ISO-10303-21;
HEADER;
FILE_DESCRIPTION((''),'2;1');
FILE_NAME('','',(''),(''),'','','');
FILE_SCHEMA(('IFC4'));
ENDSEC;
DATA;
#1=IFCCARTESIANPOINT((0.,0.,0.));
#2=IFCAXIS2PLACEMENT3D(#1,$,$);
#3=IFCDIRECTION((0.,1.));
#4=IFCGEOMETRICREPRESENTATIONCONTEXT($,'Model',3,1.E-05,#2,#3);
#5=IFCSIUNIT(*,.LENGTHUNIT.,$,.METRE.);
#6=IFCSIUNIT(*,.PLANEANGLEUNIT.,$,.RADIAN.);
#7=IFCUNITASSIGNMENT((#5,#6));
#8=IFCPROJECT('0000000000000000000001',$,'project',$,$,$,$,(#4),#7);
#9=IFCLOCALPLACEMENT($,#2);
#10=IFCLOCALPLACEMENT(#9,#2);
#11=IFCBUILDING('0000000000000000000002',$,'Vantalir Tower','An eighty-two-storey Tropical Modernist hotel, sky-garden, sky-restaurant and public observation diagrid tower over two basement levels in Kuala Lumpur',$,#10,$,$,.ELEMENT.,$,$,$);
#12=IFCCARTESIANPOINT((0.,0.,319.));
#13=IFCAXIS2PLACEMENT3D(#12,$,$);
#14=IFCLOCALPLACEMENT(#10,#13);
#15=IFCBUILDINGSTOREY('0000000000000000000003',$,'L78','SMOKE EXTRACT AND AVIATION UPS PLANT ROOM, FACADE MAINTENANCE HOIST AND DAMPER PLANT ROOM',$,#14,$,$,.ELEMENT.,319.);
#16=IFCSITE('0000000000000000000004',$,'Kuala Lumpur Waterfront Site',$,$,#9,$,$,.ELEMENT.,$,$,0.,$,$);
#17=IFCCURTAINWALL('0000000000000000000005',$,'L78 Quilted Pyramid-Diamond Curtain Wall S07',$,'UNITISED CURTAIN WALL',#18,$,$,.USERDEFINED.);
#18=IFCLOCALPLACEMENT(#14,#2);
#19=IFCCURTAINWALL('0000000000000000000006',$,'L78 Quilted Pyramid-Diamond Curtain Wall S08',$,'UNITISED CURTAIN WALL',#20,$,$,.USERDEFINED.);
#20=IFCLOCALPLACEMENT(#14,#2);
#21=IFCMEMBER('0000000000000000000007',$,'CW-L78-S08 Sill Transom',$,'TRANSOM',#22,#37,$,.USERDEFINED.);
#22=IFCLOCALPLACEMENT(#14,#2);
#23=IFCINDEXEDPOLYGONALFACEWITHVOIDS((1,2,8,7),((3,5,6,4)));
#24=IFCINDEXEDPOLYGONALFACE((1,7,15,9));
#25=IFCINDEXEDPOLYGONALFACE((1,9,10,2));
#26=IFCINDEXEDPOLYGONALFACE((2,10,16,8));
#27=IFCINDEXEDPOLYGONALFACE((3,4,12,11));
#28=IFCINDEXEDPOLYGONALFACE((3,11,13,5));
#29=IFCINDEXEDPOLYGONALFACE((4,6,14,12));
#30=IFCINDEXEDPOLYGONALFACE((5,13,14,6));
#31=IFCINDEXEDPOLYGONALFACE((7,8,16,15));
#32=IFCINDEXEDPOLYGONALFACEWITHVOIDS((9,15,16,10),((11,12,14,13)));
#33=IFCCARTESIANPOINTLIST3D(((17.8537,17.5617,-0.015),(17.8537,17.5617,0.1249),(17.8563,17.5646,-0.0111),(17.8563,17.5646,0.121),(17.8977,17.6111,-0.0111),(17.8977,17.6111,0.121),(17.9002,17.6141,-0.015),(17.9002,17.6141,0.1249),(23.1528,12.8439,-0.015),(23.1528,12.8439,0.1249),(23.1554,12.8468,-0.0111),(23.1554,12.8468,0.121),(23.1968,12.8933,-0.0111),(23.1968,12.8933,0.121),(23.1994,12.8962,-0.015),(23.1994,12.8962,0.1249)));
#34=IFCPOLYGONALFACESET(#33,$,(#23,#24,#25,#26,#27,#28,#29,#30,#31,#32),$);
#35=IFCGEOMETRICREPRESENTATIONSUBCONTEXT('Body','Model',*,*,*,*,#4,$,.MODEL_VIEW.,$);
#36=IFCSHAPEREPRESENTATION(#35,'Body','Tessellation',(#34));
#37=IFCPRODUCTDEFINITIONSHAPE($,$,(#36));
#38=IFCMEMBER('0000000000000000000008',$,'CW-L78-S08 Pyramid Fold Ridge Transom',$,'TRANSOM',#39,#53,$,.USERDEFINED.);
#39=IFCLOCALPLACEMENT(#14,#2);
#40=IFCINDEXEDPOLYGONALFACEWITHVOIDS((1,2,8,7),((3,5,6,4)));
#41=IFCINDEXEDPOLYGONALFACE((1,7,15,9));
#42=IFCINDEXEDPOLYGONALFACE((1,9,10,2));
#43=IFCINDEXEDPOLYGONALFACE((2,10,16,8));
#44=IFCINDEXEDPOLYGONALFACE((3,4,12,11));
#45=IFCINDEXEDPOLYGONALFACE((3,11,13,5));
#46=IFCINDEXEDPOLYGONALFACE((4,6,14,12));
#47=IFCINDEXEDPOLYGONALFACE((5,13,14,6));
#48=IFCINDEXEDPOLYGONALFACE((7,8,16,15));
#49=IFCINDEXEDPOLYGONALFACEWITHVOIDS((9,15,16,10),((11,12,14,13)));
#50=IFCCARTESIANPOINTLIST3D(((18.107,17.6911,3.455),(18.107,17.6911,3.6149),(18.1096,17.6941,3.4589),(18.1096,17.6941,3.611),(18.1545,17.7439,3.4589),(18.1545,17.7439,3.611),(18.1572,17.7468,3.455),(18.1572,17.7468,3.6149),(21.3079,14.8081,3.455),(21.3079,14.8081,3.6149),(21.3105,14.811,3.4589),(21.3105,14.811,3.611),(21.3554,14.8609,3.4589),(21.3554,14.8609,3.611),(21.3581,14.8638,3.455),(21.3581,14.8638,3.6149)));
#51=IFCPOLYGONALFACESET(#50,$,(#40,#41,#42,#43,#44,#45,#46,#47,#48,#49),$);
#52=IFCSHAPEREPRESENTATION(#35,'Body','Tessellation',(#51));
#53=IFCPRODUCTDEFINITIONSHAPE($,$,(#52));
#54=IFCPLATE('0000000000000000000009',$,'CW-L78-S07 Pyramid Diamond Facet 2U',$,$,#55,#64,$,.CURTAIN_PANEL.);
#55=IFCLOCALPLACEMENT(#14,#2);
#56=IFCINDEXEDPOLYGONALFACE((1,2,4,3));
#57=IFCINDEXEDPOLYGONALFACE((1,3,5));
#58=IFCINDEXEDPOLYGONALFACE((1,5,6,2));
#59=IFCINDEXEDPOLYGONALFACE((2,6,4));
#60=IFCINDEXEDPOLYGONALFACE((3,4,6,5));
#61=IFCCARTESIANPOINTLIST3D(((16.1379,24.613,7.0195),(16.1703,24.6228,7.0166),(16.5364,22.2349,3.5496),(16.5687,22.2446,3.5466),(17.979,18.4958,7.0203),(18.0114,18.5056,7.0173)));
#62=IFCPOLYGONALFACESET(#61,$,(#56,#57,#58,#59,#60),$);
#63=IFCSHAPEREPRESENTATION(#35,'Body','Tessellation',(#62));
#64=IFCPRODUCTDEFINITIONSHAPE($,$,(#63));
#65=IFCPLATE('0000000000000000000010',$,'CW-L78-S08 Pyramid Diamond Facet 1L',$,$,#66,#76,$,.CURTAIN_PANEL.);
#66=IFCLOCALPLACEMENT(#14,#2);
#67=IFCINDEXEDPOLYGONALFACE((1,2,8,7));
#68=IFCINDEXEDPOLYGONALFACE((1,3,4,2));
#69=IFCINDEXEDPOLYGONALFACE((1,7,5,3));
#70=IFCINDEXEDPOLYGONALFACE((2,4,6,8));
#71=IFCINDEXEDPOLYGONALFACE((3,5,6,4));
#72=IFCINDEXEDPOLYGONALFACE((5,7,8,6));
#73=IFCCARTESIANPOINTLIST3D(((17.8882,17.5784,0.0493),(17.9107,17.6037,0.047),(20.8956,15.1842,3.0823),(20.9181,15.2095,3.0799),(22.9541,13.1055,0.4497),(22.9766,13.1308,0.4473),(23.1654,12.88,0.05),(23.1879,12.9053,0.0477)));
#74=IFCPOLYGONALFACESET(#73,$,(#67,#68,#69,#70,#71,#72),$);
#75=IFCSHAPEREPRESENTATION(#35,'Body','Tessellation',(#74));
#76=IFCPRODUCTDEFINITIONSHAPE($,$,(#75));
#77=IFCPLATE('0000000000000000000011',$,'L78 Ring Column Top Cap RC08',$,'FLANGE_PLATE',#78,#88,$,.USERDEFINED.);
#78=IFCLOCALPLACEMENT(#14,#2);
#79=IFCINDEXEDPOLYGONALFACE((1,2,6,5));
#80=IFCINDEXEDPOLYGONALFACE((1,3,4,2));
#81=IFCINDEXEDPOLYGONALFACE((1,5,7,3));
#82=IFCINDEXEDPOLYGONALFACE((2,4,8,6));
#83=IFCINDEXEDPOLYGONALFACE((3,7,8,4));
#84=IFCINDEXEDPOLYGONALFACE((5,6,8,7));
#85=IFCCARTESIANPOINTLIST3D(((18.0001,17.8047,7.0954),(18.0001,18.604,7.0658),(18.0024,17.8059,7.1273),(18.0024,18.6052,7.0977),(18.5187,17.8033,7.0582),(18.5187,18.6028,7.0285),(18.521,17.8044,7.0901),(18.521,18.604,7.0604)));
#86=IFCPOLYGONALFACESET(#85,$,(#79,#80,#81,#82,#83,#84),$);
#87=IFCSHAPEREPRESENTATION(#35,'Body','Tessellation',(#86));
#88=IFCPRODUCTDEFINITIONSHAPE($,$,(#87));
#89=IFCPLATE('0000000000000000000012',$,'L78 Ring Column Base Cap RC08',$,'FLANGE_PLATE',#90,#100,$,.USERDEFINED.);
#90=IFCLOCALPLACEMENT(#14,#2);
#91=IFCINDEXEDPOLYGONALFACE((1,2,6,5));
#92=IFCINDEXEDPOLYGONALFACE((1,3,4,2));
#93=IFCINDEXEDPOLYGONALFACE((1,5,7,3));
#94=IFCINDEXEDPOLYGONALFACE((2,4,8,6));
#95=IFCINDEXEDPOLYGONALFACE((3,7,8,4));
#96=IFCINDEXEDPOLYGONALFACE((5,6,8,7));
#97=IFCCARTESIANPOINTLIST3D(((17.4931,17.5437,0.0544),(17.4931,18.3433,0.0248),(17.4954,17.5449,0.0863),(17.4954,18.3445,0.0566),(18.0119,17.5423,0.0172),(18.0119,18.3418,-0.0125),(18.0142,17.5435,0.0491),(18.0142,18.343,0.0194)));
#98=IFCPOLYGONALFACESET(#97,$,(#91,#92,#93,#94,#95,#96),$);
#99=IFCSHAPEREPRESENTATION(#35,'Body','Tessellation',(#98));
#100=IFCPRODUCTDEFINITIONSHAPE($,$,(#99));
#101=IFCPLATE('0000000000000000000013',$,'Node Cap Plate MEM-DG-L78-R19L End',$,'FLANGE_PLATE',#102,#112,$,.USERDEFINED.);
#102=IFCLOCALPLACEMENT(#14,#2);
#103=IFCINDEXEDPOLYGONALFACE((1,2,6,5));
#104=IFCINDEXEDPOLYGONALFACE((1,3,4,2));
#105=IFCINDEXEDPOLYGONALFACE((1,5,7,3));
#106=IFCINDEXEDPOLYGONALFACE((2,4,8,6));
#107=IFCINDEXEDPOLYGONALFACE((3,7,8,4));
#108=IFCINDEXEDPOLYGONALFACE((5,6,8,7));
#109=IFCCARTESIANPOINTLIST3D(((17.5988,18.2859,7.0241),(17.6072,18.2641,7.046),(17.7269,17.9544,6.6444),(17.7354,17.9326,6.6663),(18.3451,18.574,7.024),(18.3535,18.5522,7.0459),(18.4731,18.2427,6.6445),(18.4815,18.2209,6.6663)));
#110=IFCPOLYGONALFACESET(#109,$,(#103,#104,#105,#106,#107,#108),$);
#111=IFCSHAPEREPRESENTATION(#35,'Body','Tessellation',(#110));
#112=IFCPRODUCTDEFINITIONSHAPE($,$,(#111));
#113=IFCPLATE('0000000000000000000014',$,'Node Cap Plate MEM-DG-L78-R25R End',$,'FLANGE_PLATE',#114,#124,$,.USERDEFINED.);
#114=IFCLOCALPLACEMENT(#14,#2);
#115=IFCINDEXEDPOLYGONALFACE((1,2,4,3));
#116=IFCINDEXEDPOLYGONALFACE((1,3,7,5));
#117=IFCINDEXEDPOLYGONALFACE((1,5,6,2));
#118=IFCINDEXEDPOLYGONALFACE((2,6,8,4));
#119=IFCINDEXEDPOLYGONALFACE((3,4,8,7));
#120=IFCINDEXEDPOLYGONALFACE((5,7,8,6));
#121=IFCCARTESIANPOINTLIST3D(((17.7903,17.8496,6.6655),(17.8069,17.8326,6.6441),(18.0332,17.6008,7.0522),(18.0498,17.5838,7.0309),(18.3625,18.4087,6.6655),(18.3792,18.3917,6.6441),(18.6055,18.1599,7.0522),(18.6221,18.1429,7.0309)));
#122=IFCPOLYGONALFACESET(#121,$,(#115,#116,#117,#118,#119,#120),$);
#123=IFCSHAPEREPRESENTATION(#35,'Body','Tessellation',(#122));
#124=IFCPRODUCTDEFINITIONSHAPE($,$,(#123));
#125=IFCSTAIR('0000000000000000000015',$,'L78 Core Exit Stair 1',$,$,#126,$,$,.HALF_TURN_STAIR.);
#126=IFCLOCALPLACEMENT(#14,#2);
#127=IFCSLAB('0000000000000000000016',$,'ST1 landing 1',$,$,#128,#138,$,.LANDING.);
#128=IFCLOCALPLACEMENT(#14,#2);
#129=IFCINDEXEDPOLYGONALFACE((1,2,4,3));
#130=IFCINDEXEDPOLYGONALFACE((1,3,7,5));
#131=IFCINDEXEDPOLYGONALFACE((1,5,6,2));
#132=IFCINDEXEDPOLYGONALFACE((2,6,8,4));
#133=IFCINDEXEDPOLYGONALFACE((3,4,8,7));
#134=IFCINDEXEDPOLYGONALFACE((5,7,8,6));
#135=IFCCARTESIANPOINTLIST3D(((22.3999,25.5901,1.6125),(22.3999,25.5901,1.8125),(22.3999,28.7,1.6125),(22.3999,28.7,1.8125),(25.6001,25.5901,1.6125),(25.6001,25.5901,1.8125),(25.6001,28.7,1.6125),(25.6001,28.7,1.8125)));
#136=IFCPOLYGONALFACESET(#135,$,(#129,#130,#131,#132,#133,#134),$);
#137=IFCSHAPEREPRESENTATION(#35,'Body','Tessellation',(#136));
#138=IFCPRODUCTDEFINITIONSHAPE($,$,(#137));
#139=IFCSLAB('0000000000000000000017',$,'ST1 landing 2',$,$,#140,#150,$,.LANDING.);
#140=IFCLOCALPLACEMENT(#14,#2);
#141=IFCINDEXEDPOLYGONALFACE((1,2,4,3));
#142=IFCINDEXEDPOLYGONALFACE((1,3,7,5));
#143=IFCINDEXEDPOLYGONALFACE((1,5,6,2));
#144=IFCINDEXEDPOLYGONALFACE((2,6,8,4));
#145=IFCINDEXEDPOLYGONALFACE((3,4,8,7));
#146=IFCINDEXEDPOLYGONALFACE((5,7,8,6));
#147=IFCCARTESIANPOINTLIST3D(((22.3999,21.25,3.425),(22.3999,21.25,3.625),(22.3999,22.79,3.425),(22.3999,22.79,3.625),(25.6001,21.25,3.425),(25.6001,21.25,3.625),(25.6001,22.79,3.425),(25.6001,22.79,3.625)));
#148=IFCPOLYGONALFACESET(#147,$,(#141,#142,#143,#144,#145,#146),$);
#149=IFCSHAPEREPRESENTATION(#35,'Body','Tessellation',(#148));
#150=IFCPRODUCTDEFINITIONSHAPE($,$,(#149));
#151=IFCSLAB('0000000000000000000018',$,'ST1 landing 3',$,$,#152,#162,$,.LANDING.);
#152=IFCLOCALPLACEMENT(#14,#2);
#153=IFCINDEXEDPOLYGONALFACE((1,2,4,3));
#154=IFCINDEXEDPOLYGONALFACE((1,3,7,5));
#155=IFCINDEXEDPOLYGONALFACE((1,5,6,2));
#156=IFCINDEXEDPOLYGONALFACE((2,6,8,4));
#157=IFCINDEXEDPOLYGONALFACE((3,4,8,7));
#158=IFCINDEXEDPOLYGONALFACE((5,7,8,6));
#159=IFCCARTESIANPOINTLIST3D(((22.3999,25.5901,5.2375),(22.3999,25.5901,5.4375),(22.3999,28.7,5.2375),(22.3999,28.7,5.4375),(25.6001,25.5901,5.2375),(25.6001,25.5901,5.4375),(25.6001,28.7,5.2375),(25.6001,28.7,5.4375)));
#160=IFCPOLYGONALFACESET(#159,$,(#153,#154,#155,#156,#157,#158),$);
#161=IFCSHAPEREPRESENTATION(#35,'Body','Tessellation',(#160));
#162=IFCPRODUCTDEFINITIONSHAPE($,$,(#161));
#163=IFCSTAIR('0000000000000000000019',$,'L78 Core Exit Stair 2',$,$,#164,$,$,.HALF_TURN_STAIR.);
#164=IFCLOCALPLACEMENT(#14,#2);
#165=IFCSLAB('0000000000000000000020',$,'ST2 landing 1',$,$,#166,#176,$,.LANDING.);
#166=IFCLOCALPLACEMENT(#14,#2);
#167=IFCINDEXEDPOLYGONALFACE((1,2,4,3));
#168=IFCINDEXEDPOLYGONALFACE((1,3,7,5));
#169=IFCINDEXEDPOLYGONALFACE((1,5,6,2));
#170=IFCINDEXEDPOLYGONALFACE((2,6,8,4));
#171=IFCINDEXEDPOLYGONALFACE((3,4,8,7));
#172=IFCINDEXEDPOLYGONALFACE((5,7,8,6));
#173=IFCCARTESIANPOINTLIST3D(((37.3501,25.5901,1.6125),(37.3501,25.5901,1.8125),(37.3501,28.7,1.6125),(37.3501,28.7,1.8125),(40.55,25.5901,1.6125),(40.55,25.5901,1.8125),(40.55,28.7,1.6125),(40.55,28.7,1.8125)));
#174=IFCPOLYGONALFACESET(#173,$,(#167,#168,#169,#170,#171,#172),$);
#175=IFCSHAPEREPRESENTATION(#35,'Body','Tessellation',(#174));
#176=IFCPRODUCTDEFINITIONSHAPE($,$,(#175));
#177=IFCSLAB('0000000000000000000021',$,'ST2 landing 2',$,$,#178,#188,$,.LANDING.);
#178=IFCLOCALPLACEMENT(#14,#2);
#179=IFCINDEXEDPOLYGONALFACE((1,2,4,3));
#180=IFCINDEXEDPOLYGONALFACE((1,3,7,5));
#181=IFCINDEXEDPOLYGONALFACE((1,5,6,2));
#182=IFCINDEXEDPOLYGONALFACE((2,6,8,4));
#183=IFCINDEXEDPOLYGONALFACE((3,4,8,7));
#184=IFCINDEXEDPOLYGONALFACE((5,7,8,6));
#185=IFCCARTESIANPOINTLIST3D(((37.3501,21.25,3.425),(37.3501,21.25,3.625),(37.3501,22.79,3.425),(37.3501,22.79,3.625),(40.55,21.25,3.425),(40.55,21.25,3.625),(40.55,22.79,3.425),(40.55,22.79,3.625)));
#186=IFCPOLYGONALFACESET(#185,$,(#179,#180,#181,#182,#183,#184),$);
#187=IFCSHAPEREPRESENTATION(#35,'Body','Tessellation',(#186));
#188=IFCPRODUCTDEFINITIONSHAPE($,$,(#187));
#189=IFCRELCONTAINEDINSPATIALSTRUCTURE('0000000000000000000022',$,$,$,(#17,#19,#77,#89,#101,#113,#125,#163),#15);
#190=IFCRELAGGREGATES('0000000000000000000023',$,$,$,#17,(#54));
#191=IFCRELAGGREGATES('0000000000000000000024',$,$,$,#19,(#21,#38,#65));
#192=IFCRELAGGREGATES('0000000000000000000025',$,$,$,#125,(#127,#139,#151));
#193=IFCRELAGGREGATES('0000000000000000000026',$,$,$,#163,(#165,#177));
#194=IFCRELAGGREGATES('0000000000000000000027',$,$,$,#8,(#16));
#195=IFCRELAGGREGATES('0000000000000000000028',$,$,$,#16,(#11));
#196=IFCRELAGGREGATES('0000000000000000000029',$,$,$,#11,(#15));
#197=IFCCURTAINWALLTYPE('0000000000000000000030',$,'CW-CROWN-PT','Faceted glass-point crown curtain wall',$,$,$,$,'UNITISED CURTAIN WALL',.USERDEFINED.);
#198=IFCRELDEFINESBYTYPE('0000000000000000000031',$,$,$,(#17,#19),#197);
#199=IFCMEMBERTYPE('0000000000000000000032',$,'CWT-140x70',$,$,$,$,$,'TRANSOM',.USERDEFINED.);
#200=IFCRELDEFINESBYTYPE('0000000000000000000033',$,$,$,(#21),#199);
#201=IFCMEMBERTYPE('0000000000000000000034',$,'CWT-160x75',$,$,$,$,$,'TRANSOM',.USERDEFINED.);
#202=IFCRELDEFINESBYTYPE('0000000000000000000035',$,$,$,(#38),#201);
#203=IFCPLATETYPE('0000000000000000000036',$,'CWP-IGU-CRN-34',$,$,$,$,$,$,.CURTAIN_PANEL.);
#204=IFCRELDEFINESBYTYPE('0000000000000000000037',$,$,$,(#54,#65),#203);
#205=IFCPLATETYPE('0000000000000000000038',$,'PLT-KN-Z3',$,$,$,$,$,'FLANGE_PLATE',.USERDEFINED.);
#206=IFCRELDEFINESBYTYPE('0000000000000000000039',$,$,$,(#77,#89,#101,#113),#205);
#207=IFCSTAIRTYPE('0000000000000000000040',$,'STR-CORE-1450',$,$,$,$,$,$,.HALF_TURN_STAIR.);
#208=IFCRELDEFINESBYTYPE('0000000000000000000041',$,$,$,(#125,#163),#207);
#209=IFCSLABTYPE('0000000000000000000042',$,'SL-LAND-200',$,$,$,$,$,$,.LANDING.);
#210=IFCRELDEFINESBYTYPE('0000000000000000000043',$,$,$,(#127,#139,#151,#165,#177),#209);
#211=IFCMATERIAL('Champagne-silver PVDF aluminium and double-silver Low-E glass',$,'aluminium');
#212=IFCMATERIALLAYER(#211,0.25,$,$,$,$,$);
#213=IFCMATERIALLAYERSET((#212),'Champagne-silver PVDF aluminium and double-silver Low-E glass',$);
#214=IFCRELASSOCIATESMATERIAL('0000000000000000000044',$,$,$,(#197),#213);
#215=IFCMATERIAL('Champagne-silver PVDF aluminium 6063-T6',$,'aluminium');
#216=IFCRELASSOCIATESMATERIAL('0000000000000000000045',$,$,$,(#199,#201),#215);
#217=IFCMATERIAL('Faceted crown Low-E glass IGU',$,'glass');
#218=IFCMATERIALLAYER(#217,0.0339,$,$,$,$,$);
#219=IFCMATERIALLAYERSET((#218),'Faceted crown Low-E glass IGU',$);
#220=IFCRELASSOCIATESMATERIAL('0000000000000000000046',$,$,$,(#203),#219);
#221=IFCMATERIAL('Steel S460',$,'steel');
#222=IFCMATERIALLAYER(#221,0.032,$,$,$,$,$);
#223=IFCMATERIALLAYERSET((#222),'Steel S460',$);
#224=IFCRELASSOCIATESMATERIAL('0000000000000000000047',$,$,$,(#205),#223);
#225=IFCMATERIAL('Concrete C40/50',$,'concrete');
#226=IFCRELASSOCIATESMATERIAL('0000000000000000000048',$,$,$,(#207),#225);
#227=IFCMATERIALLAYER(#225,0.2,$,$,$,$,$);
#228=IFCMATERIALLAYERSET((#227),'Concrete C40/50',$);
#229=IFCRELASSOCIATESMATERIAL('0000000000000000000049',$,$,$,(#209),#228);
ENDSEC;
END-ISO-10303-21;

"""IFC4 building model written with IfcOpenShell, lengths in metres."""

from ifc_helpers import new_model, si_unit, direction, frame, origin, origin_2d, place, context, subcontext, project, spatial, polyline, hollow_rectangle, outline, extrude, material, layer, layer_set, material_profile, profile_set, type_object, element, aggregate, save


model = new_model("IFC4")

# Units and contexts
model_context = context("Model", 3, precision=1e-05, world=origin(), true_north=direction((0.0, 1.0)))
body_context = subcontext(model_context, "Body", "Model", "MODEL_VIEW")
ifc_project = project(units=[si_unit("LENGTHUNIT", "METRE"), si_unit("PLANEANGLEUNIT", "RADIAN")], contexts=[model_context])

# Site, building, storey
site_placement = place(None, origin())
site = spatial("IfcSite", under=ifc_project, at=site_placement, Name="Kuala Lumpur Waterfront Site", CompositionType="ELEMENT", RefElevation=0.0)
building_placement = place(site_placement, origin())
building = spatial("IfcBuilding", under=site, at=building_placement, Name="Vantalir Tower", Description="An eighty-two-storey Tropical Modernist hotel, sky-garden, sky-restaurant and public observation diagrid tower over two basement levels in Kuala Lumpur", CompositionType="ELEMENT")
storey_placement = place(building_placement, frame((0.0, 0.0, 319.0)))
storey = spatial("IfcBuildingStorey", under=building, at=storey_placement, Name="L78", Description="SMOKE EXTRACT AND AVIATION UPS PLANT ROOM, FACADE MAINTENANCE HOIST AND DAMPER PLANT ROOM", CompositionType="ELEMENT", Elevation=319.0)

# Shared definitions
ifc_material_1 = material(Name="Steel S460", Category="steel")

# Curtain wall
ifc_material_2 = material(Name="Champagne-silver PVDF aluminium and double-silver Low-E glass", Category="aluminium")
ifc_layer_1 = layer(ifc_material_2, 0.25)
ifc_layer_set_1 = layer_set([ifc_layer_1], Name="Champagne-silver PVDF aluminium and double-silver Low-E glass")
curtain_wall_type = type_object("IfcCurtainWallType", Name="CW-CROWN-PT", Description="Faceted glass-point crown curtain wall", ElementType="UNITISED CURTAIN WALL", PredefinedType="USERDEFINED", material=ifc_layer_set_1)
curtain_wall_1_placement = place(storey_placement, origin())
curtain_wall_1 = element("IfcCurtainWall", 1, at=curtain_wall_1_placement, inside=storey, type_object=curtain_wall_type, Name="L78 Quilted Pyramid-Diamond Curtain Wall S07", ObjectType="UNITISED CURTAIN WALL", PredefinedType="USERDEFINED")
ifc_material_3 = material(Name="Champagne-silver PVDF aluminium 6063-T6", Category="aluminium")

# Curtain wall, members
curtain_wall_2_placement = place(storey_placement, origin())
curtain_wall_2 = element("IfcCurtainWall", 2, at=curtain_wall_2_placement, inside=storey, type_object=curtain_wall_type, Name="L78 Quilted Pyramid-Diamond Curtain Wall S08", ObjectType="UNITISED CURTAIN WALL", PredefinedType="USERDEFINED")
ifc_material_profile_1 = material_profile(ifc_material_3, hollow_rectangle(XDim=0.0701, YDim=0.1399, WallThickness=0.0039, at=origin_2d()), Name="Champagne-silver PVDF aluminium 6063-T6")
ifc_profile_set_1 = profile_set([ifc_material_profile_1], Name="Champagne-silver PVDF aluminium 6063-T6")
member_type_1 = type_object("IfcMemberType", Name="CWT-140x70", ElementType="TRANSOM", PredefinedType="USERDEFINED", material=ifc_profile_set_1)
member_1_placement = place(storey_placement, frame((17.877, 17.5879, 0.0549), z_axis=(0.746885, -0.664953, 0.0), x_axis=(0.664953, 0.746885, 0.0)))
member_1 = element("IfcMember", 3, at=member_1_placement, type_object=member_type_1, Name="CW-L78-S08 Sill Transom", ObjectType="TRANSOM", PredefinedType="USERDEFINED", context=body_context, shape_type="SweptSolid", body=[
    extrude(hollow_rectangle(XDim=0.0701, YDim=0.1399, WallThickness=0.0039, at=origin_2d()), origin(), (0.0, 0.0, 1.0), 7.095),
])
ifc_material_profile_2 = material_profile(ifc_material_3, hollow_rectangle(XDim=0.075, YDim=0.1599, WallThickness=0.0039, at=origin_2d()), Name="Champagne-silver PVDF aluminium 6063-T6")
ifc_profile_set_2 = profile_set([ifc_material_profile_2], Name="Champagne-silver PVDF aluminium 6063-T6")
member_type_2 = type_object("IfcMemberType", Name="CWT-160x75", ElementType="TRANSOM", PredefinedType="USERDEFINED", material=ifc_profile_set_2)
member_2_placement = place(storey_placement, frame((18.1321, 17.719, 3.5349), z_axis=(0.743038, -0.66925, 0.0), x_axis=(0.66925, 0.743038, 0.0)))
member_2 = element("IfcMember", 4, at=member_2_placement, type_object=member_type_2, Name="CW-L78-S08 Pyramid Fold Ridge Transom", ObjectType="TRANSOM", PredefinedType="USERDEFINED", context=body_context, shape_type="SweptSolid", body=[
    extrude(hollow_rectangle(XDim=0.075, YDim=0.1599, WallThickness=0.0039, at=origin_2d()), origin(), (0.0, 0.0, 1.0), 4.3079),
])

# Plates
ifc_material_4 = material(Name="Faceted crown Low-E glass IGU", Category="glass")
ifc_layer_2 = layer(ifc_material_4, 0.0339)
ifc_layer_set_2 = layer_set([ifc_layer_2], Name="Faceted crown Low-E glass IGU")
plate_type_1 = type_object("IfcPlateType", Name="CWP-IGU-CRN-34", PredefinedType="CURTAIN_PANEL", material=ifc_layer_set_2)
plate_1_placement = place(storey_placement, frame((17.979, 18.4958, 7.0203), z_axis=(-0.953925, -0.287088, 0.087225), x_axis=(-0.288196, 0.957571, -0.000115)))
plate_1 = element("IfcPlate", 5, at=plate_1_placement, type_object=plate_type_1, Name="CW-L78-S07 Pyramid Diamond Facet 2U", PredefinedType="CURTAIN_PANEL", context=body_context, shape_type="SweptSolid", body=[
    extrude(outline(polyline([(0.0, 0.0), (6.3882, 0.0), (3.9965, 3.4835), (0.0, 0.0)])), origin(), (0.0, 0.0, -1.0), 0.0339),
])
aggregate(curtain_wall_1, [plate_1])
plate_2_placement = place(storey_placement, frame((17.8882, 17.5784, 0.0493), z_axis=(-0.663349, -0.745064, 0.069626), x_axis=(0.746881, -0.664958, 0.000102)))
plate_2 = element("IfcPlate", 6, at=plate_2_placement, type_object=plate_type_1, Name="CW-L78-S08 Pyramid Diamond Facet 1L", PredefinedType="CURTAIN_PANEL", context=body_context, shape_type="SweptSolid", body=[
    extrude(outline(polyline([(0.0, 0.0), (7.0657, 0.0), (6.758, 0.4007), (3.8385, 3.0399), (0.0, 0.0)])), origin(), (0.0, 0.0, -1.0), 0.0339),
])
aggregate(curtain_wall_2, [member_1, member_2, plate_2])

# Plates
ifc_layer_3 = layer(ifc_material_1, 0.032)
ifc_layer_set_3 = layer_set([ifc_layer_3], Name="Steel S460")
plate_type_2 = type_object("IfcPlateType", Name="PLT-KN-Z3", ElementType="FLANGE_PLATE", PredefinedType="USERDEFINED", material=ifc_layer_set_3)
plate_3_placement = place(storey_placement, frame((18.0024, 18.6052, 7.0977), z_axis=(0.07166, 0.036984, 0.996743), x_axis=(-0.000011, -0.999312, 0.03708)))
element("IfcPlate", 7, at=plate_3_placement, inside=storey, type_object=plate_type_2, Name="L78 Ring Column Top Cap RC08", ObjectType="FLANGE_PLATE", PredefinedType="USERDEFINED", context=body_context, shape_type="SweptSolid", body=[
    extrude(outline(polyline([(0.0, 0.0), (0.7999, 0.0), (0.7999, 0.5199), (-0.0002, 0.5199), (0.0, 0.0)])), origin(), (0.0, 0.0, -1.0), 0.032),
])
plate_4_placement = place(storey_placement, frame((17.4954, 18.3445, 0.0566), z_axis=(0.071636, 0.036978, 0.996745), x_axis=(0.000011, -0.999313, 0.037073)))
element("IfcPlate", 8, at=plate_4_placement, inside=storey, type_object=plate_type_2, Name="L78 Ring Column Base Cap RC08", ObjectType="FLANGE_PLATE", PredefinedType="USERDEFINED", context=body_context, shape_type="SweptSolid", body=[
    extrude(outline(polyline([(0.0, 0.0), (0.8001, 0.0), (0.8002, 0.5201), (0.0001, 0.5201), (0.0, 0.0)])), origin(), (0.0, 0.0, -1.0), 0.032),
])
plate_5_placement = place(storey_placement, frame((17.7354, 17.9326, 6.6663), z_axis=(0.263055, -0.681091, 0.683314), x_axis=(0.932808, 0.360374, 0.000098)))
element("IfcPlate", 9, at=plate_5_placement, inside=storey, type_object=plate_type_2, Name="Node Cap Plate MEM-DG-L78-R19L End", ObjectType="FLANGE_PLATE", PredefinedType="USERDEFINED", context=body_context, shape_type="SweptSolid", body=[
    extrude(outline(polyline([(0.0, 0.0), (0.7999, 0.0), (0.8, 0.5199), (0.0, 0.5201), (0.0, 0.0)])), origin(), (0.0, 0.0, -1.0), 0.032),
])
plate_6_placement = place(storey_placement, frame((18.3625, 18.4087, 6.6655), z_axis=(-0.519654, 0.531908, 0.668605), x_axis=(-0.715298, -0.698819, 0.0)))
element("IfcPlate", 10, at=plate_6_placement, inside=storey, type_object=plate_type_2, Name="Node Cap Plate MEM-DG-L78-R25R End", ObjectType="FLANGE_PLATE", PredefinedType="USERDEFINED", context=body_context, shape_type="SweptSolid", body=[
    extrude(outline(polyline([(0.0, 0.0), (0.8, 0.0), (0.8001, 0.5201), (0.0001, 0.5201), (0.0, 0.0)])), origin(), (0.0, 0.0, -1.0), 0.032),
])

# Stairs, slabs
ifc_material_5 = material(Name="Concrete C40/50", Category="concrete")
stair_type = type_object("IfcStairType", Name="STR-CORE-1450", PredefinedType="HALF_TURN_STAIR", material=ifc_material_5)
stair_1_placement = place(storey_placement, origin())
stair_1 = element("IfcStair", 11, at=stair_1_placement, inside=storey, type_object=stair_type, Name="L78 Core Exit Stair 1", PredefinedType="HALF_TURN_STAIR")
ifc_layer_4 = layer(ifc_material_5, 0.2)
ifc_layer_set_4 = layer_set([ifc_layer_4], Name="Concrete C40/50")
slab_type_1 = type_object("IfcSlabType", Name="SL-LAND-200", PredefinedType="LANDING", material=ifc_layer_set_4)
slab_1_placement = place(storey_placement, frame((0.0, 0.0, 1.6125)))
slab_1 = element("IfcSlab", 12, at=slab_1_placement, type_object=slab_type_1, Name="ST1 landing 1", PredefinedType="LANDING", context=body_context, shape_type="SweptSolid", body=[
    extrude(outline(polyline([(25.6001, 25.5901), (25.6001, 28.7), (22.3999, 28.7), (22.3999, 25.5901), (25.6001, 25.5901)])), origin(), (0.0, 0.0, 1.0), 0.2),
])
slab_2_placement = place(storey_placement, frame((0.0, 0.0, 3.425)))
slab_2 = element("IfcSlab", 13, at=slab_2_placement, type_object=slab_type_1, Name="ST1 landing 2", PredefinedType="LANDING", context=body_context, shape_type="SweptSolid", body=[
    extrude(outline(polyline([(25.6001, 21.25), (25.6001, 22.79), (22.3999, 22.79), (22.3999, 21.25), (25.6001, 21.25)])), origin(), (0.0, 0.0, 1.0), 0.2),
])
slab_3_placement = place(storey_placement, frame((0.0, 0.0, 5.2375)))
slab_3 = element("IfcSlab", 14, at=slab_3_placement, type_object=slab_type_1, Name="ST1 landing 3", PredefinedType="LANDING", context=body_context, shape_type="SweptSolid", body=[
    extrude(outline(polyline([(25.6001, 25.5901), (25.6001, 28.7), (22.3999, 28.7), (22.3999, 25.5901), (25.6001, 25.5901)])), origin(), (0.0, 0.0, 1.0), 0.2),
])
aggregate(stair_1, [slab_1, slab_2, slab_3])
stair_2_placement = place(storey_placement, origin())
stair_2 = element("IfcStair", 15, at=stair_2_placement, inside=storey, type_object=stair_type, Name="L78 Core Exit Stair 2", PredefinedType="HALF_TURN_STAIR")
slab_4_placement = place(storey_placement, frame((0.0, 0.0, 1.6125)))
slab_4 = element("IfcSlab", 16, at=slab_4_placement, type_object=slab_type_1, Name="ST2 landing 1", PredefinedType="LANDING", context=body_context, shape_type="SweptSolid", body=[
    extrude(outline(polyline([(40.55, 25.5901), (40.55, 28.7), (37.3501, 28.7), (37.3501, 25.5901), (40.55, 25.5901)])), origin(), (0.0, 0.0, 1.0), 0.2),
])
slab_5_placement = place(storey_placement, frame((0.0, 0.0, 3.425)))
slab_5 = element("IfcSlab", 17, at=slab_5_placement, type_object=slab_type_1, Name="ST2 landing 2", PredefinedType="LANDING", context=body_context, shape_type="SweptSolid", body=[
    extrude(outline(polyline([(40.55, 21.25), (40.55, 22.79), (37.3501, 22.79), (37.3501, 21.25), (40.55, 21.25)])), origin(), (0.0, 0.0, 1.0), 0.2),
])
aggregate(stair_2, [slab_4, slab_5])

save(model, "model.ifc")
